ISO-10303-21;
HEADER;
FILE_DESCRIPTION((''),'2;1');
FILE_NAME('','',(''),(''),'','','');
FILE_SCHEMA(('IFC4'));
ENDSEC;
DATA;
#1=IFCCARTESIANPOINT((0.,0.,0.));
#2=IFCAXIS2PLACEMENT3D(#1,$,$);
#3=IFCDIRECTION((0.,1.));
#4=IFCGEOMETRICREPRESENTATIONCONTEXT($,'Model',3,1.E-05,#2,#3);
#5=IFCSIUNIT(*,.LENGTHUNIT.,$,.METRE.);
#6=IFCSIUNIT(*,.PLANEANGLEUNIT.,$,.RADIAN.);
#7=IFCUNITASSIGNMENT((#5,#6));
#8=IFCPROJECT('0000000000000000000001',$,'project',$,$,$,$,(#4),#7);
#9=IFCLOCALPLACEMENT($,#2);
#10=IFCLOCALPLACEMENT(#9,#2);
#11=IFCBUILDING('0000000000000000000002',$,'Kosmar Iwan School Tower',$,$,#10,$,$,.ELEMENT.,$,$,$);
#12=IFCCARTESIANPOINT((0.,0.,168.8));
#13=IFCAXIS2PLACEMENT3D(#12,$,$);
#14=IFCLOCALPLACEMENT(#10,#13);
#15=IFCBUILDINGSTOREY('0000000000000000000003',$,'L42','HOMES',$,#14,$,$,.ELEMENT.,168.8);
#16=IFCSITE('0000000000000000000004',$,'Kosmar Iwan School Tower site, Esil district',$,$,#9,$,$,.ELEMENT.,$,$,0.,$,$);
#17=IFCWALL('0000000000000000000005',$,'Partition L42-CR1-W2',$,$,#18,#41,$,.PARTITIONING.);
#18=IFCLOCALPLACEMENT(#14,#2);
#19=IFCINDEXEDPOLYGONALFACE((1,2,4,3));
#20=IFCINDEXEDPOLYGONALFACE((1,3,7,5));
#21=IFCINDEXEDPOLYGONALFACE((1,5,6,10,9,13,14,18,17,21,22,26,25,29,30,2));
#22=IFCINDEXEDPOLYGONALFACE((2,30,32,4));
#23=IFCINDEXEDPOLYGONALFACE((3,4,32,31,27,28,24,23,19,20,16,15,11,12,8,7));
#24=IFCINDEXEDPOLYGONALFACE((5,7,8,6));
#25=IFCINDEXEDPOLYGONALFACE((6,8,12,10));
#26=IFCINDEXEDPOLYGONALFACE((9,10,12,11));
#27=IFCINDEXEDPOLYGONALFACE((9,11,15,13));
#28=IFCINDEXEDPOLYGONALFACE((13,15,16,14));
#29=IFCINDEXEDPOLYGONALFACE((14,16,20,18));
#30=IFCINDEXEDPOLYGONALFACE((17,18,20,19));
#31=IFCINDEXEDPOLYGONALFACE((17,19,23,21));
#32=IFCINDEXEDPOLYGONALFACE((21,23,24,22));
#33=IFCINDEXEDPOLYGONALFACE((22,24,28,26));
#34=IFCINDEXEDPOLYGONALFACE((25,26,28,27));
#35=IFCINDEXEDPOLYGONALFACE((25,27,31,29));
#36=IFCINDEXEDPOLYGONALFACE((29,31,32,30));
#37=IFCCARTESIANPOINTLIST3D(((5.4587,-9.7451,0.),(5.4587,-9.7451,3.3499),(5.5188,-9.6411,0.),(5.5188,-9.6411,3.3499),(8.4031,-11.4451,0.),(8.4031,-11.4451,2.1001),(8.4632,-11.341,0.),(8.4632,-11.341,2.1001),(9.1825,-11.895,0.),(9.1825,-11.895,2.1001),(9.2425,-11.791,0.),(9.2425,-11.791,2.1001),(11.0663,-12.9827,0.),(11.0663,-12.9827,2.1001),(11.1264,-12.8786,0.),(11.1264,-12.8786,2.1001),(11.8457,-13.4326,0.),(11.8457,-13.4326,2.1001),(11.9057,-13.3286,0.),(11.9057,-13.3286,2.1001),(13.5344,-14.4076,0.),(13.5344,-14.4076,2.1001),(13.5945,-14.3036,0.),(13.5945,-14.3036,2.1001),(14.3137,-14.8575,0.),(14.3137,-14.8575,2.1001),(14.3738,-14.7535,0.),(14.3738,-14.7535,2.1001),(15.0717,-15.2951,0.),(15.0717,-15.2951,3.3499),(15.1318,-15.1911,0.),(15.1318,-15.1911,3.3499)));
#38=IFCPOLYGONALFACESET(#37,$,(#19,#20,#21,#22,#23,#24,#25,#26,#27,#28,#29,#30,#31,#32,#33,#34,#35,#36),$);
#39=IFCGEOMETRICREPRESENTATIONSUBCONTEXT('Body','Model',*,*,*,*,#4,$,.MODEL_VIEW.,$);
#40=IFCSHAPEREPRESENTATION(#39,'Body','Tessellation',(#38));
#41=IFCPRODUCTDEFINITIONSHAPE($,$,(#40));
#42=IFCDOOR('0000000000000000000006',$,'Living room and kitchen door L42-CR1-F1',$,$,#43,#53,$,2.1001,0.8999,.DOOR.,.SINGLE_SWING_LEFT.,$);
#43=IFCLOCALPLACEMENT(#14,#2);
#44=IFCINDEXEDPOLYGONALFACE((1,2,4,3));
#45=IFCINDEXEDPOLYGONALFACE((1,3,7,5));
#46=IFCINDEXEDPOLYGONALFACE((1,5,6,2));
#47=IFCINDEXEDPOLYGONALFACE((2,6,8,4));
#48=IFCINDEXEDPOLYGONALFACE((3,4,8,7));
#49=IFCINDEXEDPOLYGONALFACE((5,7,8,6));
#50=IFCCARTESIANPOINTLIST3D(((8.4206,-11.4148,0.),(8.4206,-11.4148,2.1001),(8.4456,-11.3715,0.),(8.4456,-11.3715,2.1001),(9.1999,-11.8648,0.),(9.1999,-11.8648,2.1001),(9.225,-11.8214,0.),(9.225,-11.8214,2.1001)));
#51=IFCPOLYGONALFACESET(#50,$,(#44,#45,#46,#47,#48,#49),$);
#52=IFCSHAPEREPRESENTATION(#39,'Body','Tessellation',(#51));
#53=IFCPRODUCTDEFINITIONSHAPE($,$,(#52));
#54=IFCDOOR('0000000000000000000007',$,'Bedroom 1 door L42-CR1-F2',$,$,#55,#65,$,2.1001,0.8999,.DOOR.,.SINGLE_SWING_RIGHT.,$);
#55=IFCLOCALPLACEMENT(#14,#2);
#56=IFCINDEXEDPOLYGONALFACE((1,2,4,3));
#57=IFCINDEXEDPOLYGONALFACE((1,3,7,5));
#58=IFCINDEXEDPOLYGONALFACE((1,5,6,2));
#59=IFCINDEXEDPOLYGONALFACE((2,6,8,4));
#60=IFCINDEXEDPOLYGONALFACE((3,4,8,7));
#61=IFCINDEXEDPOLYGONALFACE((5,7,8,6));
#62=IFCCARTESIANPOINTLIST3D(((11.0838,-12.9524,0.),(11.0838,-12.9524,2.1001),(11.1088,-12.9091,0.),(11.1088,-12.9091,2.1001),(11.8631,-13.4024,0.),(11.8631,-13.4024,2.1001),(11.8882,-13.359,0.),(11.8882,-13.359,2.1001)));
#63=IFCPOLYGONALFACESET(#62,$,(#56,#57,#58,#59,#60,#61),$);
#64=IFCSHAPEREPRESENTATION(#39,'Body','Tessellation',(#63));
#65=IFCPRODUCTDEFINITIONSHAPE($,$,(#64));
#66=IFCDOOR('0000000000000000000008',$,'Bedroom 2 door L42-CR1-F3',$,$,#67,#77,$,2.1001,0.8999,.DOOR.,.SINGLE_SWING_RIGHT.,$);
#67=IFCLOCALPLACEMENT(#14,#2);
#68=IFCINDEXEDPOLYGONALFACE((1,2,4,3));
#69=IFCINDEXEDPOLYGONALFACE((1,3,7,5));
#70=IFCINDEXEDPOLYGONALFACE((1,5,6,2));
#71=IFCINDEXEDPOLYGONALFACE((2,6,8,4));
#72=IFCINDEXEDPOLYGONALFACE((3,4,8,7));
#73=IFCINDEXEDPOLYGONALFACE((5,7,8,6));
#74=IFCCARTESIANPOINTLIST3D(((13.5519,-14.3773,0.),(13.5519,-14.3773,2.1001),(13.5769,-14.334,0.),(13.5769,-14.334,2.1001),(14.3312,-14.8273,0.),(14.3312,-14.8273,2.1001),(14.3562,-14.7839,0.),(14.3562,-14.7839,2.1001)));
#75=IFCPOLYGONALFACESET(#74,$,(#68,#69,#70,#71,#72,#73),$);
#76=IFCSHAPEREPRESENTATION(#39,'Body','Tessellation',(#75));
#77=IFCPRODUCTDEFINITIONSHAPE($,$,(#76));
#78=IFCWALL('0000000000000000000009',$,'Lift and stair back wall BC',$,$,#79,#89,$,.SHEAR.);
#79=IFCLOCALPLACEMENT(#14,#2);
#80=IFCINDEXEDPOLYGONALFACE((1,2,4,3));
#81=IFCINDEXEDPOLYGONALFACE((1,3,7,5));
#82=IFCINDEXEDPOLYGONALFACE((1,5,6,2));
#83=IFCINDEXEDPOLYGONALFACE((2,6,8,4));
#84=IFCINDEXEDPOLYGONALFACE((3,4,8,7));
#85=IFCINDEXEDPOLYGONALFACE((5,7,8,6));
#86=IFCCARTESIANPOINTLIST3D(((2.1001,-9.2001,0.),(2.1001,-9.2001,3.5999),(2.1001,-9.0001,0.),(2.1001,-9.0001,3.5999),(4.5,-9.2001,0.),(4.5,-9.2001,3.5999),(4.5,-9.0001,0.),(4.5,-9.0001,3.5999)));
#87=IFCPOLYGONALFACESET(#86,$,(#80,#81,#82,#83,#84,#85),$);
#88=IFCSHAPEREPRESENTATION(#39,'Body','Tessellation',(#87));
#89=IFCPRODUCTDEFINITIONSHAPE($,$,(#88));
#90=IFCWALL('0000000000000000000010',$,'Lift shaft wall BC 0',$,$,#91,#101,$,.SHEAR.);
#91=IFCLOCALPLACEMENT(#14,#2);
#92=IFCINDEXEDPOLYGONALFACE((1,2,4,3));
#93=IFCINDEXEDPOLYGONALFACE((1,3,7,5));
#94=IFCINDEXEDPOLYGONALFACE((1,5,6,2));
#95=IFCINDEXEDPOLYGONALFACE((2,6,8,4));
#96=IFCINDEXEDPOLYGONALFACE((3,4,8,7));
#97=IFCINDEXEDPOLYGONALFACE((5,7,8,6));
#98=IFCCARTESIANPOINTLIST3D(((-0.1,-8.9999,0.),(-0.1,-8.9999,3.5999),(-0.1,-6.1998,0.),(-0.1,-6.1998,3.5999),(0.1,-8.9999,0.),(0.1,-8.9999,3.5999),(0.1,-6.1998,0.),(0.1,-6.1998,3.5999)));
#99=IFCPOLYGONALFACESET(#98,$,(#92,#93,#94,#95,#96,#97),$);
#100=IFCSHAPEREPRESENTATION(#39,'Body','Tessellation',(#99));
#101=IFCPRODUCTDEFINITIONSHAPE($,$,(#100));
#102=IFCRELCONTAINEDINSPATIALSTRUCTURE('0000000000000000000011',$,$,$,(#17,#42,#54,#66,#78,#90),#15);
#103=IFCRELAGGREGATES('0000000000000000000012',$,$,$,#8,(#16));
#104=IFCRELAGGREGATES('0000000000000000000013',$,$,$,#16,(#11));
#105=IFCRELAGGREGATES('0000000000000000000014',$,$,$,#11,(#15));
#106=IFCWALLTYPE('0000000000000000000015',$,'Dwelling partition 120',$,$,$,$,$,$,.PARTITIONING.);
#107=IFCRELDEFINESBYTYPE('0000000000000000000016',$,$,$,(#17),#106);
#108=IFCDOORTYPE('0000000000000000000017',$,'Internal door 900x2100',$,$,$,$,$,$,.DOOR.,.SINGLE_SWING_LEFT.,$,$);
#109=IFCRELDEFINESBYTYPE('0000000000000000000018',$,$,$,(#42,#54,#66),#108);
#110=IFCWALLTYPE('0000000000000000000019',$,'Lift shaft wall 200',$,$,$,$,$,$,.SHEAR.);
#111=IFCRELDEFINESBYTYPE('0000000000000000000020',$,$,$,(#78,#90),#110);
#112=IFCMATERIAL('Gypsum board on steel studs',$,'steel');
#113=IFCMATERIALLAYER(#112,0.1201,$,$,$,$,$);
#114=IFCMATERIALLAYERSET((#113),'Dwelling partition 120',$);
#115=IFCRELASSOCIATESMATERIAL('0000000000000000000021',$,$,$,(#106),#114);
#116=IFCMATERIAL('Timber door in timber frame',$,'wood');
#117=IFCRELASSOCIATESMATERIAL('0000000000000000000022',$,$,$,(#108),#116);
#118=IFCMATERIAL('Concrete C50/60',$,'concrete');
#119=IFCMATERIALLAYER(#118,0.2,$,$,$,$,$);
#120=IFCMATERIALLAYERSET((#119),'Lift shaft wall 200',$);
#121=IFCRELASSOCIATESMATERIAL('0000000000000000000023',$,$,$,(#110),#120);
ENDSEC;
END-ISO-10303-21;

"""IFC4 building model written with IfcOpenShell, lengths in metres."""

from ifc_helpers import new_model, si_unit, direction, frame, frame_2d, origin, place, context, subcontext, project, spatial, rectangle, extrude, material, layer, layer_set, type_object, element, fill, save


model = new_model("IFC4")

# Units and contexts
model_context = context("Model", 3, precision=1e-05, world=origin(), true_north=direction((0.0, 1.0)))
body_context = subcontext(model_context, "Body", "Model", "MODEL_VIEW")
ifc_project = project(units=[si_unit("LENGTHUNIT", "METRE"), si_unit("PLANEANGLEUNIT", "RADIAN")], contexts=[model_context])

# Site, building, storey
site_placement = place(None, origin())
site = spatial("IfcSite", under=ifc_project, at=site_placement, Name="Kosmar Iwan School Tower site, Esil district", CompositionType="ELEMENT", RefElevation=0.0)
building_placement = place(site_placement, origin())
building = spatial("IfcBuilding", under=site, at=building_placement, Name="Kosmar Iwan School Tower", CompositionType="ELEMENT")
storey_placement = place(building_placement, frame((0.0, 0.0, 168.8)))
storey = spatial("IfcBuildingStorey", under=building, at=storey_placement, Name="L42", Description="HOMES", CompositionType="ELEMENT", Elevation=168.8)

# Wall, openings, doors
ifc_material_1 = material(Name="Gypsum board on steel studs", Category="steel")
ifc_layer_1 = layer(ifc_material_1, 0.1201)
ifc_layer_set_1 = layer_set([ifc_layer_1], Name="Dwelling partition 120")
wall_type_1 = type_object("IfcWallType", Name="Dwelling partition 120", PredefinedType="PARTITIONING", material=ifc_layer_set_1)
wall_1_placement = place(storey_placement, frame((5.4888, -9.6931, 0.0), z_axis=(0.0, 0.0, 1.0), x_axis=(0.866027, -0.499997, 0.0)))
wall_1 = element("IfcWall", 1, at=wall_1_placement, inside=storey, type_object=wall_type_1, Name="Partition L42-CR1-W2", PredefinedType="PARTITIONING", context=body_context, shape_type="SweptSolid", body=[
    extrude(rectangle(XDim=11.1001, YDim=0.1201, at=frame_2d((5.55, 0.0))), origin(), (0.0, 0.0, 1.0), 3.3499),
])
opening_1_placement = place(wall_1_placement, frame((3.3999, 0.0, 0.0)))
opening_1 = element("IfcOpeningElement", 2, at=opening_1_placement, cuts=wall_1, PredefinedType="OPENING", context=body_context, shape_type="SweptSolid", body=[
    extrude(rectangle(XDim=0.8999, YDim=2.1001, at=frame_2d((0.45, 1.05))), frame((0.0, 0.072, 0.0), z_axis=(0.0, -1.0, 0.0), x_axis=(1.0, 0.0, 0.0)), (0.0, 0.0, 1.0), 0.144),
])
opening_2_placement = place(wall_1_placement, frame((6.4751, 0.0, 0.0)))
opening_2 = element("IfcOpeningElement", 3, at=opening_2_placement, cuts=wall_1, PredefinedType="OPENING", context=body_context, shape_type="SweptSolid", body=[
    extrude(rectangle(XDim=0.8999, YDim=2.1001, at=frame_2d((0.45, 1.05))), frame((0.0, 0.072, 0.0), z_axis=(0.0, -1.0, 0.0), x_axis=(1.0, 0.0, 0.0)), (0.0, 0.0, 1.0), 0.144),
])
opening_3_placement = place(wall_1_placement, frame((9.325, 0.0, 0.0)))
opening_3 = element("IfcOpeningElement", 4, at=opening_3_placement, cuts=wall_1, PredefinedType="OPENING", context=body_context, shape_type="SweptSolid", body=[
    extrude(rectangle(XDim=0.8999, YDim=2.1001, at=frame_2d((0.45, 1.05))), frame((0.0, 0.072, 0.0), z_axis=(0.0, -1.0, 0.0), x_axis=(1.0, 0.0, 0.0)), (0.0, 0.0, 1.0), 0.144),
])
ifc_material_2 = material(Name="Timber door in timber frame", Category="wood")
door_type = type_object("IfcDoorType", Name="Internal door 900x2100", OperationType="SINGLE_SWING_LEFT", PredefinedType="DOOR", material=ifc_material_2)
door_1_placement = place(opening_1_placement, origin())
door_1 = element("IfcDoor", 5, at=door_1_placement, inside=storey, type_object=door_type, Name="Living room and kitchen door L42-CR1-F1", OperationType="SINGLE_SWING_LEFT", OverallHeight=2.1001, OverallWidth=0.8999, PredefinedType="DOOR", context=body_context, shape_type="SweptSolid", body=[
    extrude(rectangle(XDim=0.8999, YDim=2.1001, at=frame_2d((0.45, 1.05))), frame((0.0, 0.0249, 0.0), z_axis=(0.0, -1.0, 0.0), x_axis=(1.0, 0.0, 0.0)), (0.0, 0.0, 1.0), 0.05),
])
fill(opening_1, door_1)
door_2_placement = place(opening_2_placement, origin())
door_2 = element("IfcDoor", 6, at=door_2_placement, inside=storey, type_object=door_type, Name="Bedroom 1 door L42-CR1-F2", OperationType="SINGLE_SWING_RIGHT", OverallHeight=2.1001, OverallWidth=0.8999, PredefinedType="DOOR", context=body_context, shape_type="SweptSolid", body=[
    extrude(rectangle(XDim=0.8999, YDim=2.1001, at=frame_2d((0.45, 1.05))), frame((0.0, 0.0249, 0.0), z_axis=(0.0, -1.0, 0.0), x_axis=(1.0, 0.0, 0.0)), (0.0, 0.0, 1.0), 0.05),
])
fill(opening_2, door_2)
door_3_placement = place(opening_3_placement, origin())
door_3 = element("IfcDoor", 7, at=door_3_placement, inside=storey, type_object=door_type, Name="Bedroom 2 door L42-CR1-F3", OperationType="SINGLE_SWING_RIGHT", OverallHeight=2.1001, OverallWidth=0.8999, PredefinedType="DOOR", context=body_context, shape_type="SweptSolid", body=[
    extrude(rectangle(XDim=0.8999, YDim=2.1001, at=frame_2d((0.45, 1.05))), frame((0.0, 0.0249, 0.0), z_axis=(0.0, -1.0, 0.0), x_axis=(1.0, 0.0, 0.0)), (0.0, 0.0, 1.0), 0.05),
])
fill(opening_3, door_3)

# Walls
ifc_material_3 = material(Name="Concrete C50/60", Category="concrete")
ifc_layer_2 = layer(ifc_material_3, 0.2)
ifc_layer_set_2 = layer_set([ifc_layer_2], Name="Lift shaft wall 200")
wall_type_2 = type_object("IfcWallType", Name="Lift shaft wall 200", PredefinedType="SHEAR", material=ifc_layer_set_2)
wall_2_placement = place(storey_placement, frame((2.1001, -9.1001, 0.0), z_axis=(0.0, 0.0, 1.0), x_axis=(1.0, 0.0, 0.0)))
element("IfcWall", 8, at=wall_2_placement, inside=storey, type_object=wall_type_2, Name="Lift and stair back wall BC", PredefinedType="SHEAR", context=body_context, shape_type="SweptSolid", body=[
    extrude(rectangle(XDim=2.3999, YDim=0.2, at=frame_2d((1.2, 0.0))), origin(), (0.0, 0.0, 1.0), 3.5999),
])
wall_3_placement = place(storey_placement, frame((0.0, -6.2, 0.0), z_axis=(0.0, 0.0, 1.0), x_axis=(0.0, -1.0, 0.0)))
element("IfcWall", 9, at=wall_3_placement, inside=storey, type_object=wall_type_2, Name="Lift shaft wall BC 0", PredefinedType="SHEAR", context=body_context, shape_type="SweptSolid", body=[
    extrude(rectangle(XDim=2.8, YDim=0.2, at=frame_2d((1.3999, 0.0))), origin(), (0.0, 0.0, 1.0), 3.5999),
])

save(model, "model.ifc")
